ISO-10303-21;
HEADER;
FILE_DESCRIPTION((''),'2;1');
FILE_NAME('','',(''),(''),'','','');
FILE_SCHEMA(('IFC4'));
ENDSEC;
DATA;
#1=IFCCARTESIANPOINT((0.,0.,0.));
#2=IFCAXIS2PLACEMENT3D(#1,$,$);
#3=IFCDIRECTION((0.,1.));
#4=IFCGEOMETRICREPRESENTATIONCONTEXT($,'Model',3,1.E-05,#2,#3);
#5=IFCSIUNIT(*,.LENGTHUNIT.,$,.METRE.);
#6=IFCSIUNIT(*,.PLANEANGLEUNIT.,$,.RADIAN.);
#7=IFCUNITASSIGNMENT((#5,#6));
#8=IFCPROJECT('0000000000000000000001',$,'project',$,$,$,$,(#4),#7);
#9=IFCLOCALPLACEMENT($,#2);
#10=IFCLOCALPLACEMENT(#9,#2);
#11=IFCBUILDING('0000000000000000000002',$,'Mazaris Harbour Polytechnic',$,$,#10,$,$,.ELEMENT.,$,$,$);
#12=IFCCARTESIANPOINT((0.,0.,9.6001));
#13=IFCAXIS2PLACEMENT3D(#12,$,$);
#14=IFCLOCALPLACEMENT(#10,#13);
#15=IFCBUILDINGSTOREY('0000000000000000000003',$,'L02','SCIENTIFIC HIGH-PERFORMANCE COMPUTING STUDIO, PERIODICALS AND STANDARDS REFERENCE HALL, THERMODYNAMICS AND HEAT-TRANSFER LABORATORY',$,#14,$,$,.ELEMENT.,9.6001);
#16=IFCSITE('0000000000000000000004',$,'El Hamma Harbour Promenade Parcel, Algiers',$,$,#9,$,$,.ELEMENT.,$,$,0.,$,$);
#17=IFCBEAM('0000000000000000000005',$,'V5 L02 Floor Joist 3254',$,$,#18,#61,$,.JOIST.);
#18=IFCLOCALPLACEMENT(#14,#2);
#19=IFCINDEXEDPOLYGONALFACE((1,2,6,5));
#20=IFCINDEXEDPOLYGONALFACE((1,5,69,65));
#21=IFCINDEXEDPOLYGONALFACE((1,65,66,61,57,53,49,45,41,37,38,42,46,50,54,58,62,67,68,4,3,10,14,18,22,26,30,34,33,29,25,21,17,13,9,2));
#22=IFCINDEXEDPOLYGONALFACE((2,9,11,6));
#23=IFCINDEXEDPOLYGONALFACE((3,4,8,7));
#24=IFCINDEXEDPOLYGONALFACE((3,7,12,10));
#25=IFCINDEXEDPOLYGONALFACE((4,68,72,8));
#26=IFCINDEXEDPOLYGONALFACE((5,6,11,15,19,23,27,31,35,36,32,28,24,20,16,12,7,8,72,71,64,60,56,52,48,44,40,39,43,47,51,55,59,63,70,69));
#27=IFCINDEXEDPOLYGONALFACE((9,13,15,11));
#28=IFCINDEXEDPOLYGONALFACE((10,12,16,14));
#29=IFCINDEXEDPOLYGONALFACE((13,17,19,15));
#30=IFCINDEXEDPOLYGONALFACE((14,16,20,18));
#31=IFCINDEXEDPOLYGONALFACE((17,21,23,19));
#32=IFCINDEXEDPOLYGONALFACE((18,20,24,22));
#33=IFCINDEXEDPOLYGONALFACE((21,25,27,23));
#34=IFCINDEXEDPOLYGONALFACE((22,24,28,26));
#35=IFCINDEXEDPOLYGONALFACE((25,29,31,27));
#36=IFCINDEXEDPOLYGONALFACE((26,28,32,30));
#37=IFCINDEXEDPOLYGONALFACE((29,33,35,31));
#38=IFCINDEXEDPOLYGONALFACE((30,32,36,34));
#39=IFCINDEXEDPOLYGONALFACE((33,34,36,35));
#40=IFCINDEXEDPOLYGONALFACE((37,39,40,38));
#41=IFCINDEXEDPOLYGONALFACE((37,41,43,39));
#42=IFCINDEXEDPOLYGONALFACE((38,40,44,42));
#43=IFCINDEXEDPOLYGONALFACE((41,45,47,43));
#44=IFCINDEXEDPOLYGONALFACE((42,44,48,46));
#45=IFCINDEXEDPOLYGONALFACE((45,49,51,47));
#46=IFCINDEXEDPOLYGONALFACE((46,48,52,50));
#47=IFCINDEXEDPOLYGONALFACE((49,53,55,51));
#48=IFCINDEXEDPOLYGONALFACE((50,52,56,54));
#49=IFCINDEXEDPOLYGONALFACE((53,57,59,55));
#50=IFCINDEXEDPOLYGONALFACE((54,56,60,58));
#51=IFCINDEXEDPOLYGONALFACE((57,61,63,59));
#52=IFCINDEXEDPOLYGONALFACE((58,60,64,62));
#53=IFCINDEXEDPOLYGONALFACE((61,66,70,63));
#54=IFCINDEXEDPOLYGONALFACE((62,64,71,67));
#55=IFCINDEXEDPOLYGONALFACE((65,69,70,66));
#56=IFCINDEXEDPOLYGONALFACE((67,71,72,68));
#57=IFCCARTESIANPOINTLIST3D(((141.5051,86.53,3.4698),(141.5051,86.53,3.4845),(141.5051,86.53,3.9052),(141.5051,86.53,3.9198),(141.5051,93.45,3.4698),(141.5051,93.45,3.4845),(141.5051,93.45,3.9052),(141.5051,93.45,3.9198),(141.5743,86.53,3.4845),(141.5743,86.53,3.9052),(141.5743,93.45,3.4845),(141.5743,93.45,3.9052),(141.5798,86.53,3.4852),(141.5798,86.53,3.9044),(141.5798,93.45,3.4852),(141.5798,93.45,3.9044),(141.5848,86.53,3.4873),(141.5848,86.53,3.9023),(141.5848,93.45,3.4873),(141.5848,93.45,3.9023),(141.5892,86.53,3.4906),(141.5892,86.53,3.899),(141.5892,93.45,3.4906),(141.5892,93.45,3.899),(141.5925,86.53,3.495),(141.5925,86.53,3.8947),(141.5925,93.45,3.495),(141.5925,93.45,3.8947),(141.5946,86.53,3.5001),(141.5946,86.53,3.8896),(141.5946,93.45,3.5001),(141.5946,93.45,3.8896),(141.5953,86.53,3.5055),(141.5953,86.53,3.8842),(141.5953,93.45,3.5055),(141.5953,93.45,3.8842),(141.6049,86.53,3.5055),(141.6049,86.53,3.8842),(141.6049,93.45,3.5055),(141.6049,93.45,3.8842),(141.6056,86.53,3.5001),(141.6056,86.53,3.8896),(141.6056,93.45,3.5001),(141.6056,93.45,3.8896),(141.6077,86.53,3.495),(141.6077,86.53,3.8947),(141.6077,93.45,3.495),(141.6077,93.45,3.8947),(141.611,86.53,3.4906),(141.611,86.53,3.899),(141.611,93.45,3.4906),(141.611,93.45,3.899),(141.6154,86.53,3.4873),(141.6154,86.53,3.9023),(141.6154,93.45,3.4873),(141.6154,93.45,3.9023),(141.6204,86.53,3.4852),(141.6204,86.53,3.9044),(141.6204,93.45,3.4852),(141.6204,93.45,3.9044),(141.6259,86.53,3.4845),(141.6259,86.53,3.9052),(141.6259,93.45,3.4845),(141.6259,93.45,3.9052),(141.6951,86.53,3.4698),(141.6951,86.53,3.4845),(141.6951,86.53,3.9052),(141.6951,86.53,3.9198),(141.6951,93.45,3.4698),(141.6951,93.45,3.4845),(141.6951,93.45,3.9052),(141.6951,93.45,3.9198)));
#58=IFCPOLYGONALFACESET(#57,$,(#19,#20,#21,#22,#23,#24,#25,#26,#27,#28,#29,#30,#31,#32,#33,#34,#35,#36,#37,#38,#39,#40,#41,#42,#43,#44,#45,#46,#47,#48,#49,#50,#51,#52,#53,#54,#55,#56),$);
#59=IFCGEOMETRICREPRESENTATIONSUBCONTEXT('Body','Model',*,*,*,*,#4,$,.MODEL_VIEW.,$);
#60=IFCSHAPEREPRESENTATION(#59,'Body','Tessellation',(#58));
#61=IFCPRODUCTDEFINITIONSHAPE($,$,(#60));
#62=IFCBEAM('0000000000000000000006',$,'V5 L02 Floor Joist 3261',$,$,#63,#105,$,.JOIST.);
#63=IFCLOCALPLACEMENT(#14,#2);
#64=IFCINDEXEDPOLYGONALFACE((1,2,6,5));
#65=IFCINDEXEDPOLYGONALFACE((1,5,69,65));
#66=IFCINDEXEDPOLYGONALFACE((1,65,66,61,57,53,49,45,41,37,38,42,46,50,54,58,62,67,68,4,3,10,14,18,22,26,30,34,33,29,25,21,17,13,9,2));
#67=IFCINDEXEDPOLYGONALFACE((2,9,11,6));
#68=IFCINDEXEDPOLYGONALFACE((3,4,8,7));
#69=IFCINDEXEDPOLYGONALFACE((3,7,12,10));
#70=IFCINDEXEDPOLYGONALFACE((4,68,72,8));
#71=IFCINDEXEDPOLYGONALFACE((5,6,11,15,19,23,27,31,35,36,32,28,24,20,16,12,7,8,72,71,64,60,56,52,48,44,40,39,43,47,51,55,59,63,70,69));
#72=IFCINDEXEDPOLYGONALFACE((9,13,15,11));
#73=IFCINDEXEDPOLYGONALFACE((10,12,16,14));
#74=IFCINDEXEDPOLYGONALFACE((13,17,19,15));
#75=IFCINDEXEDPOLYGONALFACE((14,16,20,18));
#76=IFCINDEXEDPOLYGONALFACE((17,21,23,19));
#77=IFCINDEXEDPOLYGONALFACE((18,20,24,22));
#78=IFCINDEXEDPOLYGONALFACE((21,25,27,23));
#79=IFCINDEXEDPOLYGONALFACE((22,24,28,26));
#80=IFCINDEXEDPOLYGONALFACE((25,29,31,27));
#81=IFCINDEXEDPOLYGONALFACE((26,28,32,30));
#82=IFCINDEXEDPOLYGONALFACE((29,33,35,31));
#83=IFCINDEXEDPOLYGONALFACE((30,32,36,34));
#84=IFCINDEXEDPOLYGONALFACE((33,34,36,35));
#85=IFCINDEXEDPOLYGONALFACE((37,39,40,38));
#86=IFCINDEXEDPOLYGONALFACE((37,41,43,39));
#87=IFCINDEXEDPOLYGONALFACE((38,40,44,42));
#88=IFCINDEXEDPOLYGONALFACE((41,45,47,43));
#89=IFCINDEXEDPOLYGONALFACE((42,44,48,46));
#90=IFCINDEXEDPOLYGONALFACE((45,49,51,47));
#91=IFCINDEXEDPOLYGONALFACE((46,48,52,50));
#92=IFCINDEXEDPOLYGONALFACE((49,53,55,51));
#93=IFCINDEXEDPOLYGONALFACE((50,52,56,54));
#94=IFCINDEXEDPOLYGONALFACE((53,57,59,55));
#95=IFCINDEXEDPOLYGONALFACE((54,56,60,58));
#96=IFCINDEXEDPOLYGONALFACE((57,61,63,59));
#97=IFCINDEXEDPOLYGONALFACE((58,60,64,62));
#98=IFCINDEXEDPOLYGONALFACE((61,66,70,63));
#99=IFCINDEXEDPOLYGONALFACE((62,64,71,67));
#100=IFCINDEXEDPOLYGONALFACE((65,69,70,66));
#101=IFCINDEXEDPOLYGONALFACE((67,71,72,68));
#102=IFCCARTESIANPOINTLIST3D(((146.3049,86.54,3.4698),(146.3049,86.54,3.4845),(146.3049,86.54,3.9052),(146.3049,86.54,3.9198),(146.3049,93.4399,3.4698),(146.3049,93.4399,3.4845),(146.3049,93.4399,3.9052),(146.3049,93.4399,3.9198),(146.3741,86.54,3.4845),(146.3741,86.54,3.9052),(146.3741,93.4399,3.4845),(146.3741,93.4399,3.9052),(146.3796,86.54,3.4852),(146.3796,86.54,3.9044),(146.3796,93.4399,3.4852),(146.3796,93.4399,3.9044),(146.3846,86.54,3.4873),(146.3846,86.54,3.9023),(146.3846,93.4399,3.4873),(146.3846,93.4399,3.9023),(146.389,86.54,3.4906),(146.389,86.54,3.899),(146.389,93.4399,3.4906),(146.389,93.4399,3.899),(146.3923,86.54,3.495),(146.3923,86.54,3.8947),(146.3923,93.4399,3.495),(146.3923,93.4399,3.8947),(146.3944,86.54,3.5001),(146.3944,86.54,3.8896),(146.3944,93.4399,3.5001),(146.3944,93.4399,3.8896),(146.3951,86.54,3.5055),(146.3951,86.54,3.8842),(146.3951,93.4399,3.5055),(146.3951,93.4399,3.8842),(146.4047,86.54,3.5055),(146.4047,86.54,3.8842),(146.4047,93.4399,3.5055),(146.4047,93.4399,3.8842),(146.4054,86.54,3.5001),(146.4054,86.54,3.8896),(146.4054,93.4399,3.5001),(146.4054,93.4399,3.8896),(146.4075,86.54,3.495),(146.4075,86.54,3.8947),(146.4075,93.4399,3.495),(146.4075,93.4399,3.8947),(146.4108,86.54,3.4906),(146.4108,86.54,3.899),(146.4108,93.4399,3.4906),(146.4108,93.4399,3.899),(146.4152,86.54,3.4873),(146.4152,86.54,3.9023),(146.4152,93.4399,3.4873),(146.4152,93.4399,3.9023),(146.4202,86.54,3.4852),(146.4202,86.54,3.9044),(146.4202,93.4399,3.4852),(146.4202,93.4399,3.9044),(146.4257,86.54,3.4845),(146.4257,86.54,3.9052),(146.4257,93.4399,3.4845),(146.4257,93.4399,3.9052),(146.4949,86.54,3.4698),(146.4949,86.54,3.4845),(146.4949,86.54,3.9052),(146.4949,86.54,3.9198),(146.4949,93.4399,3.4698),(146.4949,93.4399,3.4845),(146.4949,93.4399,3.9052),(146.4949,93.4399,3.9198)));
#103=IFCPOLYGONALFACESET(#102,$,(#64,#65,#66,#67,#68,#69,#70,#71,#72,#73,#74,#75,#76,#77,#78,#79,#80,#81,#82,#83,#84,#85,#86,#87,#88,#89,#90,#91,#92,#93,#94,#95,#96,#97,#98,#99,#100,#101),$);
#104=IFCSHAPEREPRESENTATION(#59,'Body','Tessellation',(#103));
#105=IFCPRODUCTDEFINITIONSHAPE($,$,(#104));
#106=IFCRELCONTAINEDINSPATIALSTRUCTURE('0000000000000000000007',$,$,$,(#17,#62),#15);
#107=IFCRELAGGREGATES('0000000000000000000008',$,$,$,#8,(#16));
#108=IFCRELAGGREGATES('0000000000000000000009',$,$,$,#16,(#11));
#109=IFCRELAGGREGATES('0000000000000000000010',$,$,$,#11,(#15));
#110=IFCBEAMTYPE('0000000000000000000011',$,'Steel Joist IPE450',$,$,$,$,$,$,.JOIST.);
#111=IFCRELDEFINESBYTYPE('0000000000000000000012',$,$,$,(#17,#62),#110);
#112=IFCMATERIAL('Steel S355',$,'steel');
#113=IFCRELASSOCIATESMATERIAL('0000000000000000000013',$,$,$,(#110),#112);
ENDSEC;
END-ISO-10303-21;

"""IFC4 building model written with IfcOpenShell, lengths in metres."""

from ifc_helpers import new_model, si_unit, direction, frame, origin, origin_2d, place, context, subcontext, project, spatial, i_section, extrude, material, material_profile, profile_set, type_object, element, save


model = new_model("IFC4")

# Units and contexts
model_context = context("Model", 3, precision=1e-05, world=origin(), true_north=direction((0.0, 1.0)))
body_context = subcontext(model_context, "Body", "Model", "MODEL_VIEW")
ifc_project = project(units=[si_unit("LENGTHUNIT", "METRE"), si_unit("PLANEANGLEUNIT", "RADIAN")], contexts=[model_context])

# Site, building, storey
site_placement = place(None, origin())
site = spatial("IfcSite", under=ifc_project, at=site_placement, Name="El Hamma Harbour Promenade Parcel, Algiers", CompositionType="ELEMENT", RefElevation=0.0)
building_placement = place(site_placement, origin())
building = spatial("IfcBuilding", under=site, at=building_placement, Name="Mazaris Harbour Polytechnic", CompositionType="ELEMENT")
storey_placement = place(building_placement, frame((0.0, 0.0, 9.6001)))
storey = spatial("IfcBuildingStorey", under=building, at=storey_placement, Name="L02", Description="SCIENTIFIC HIGH-PERFORMANCE COMPUTING STUDIO, PERIODICALS AND STANDARDS REFERENCE HALL, THERMODYNAMICS AND HEAT-TRANSFER LABORATORY", CompositionType="ELEMENT", Elevation=9.6001)

# Beams
ifc_material_1 = material(Name="Steel S355", Category="steel")
ifc_material_profile_1 = material_profile(ifc_material_1, i_section(OverallWidth=0.1899, OverallDepth=0.45, WebThickness=0.0095, FlangeThickness=0.0146, FilletRadius=0.021, at=origin_2d()), Name="IPE 450")
ifc_profile_set_1 = profile_set([ifc_material_profile_1], Name="Steel S355")
beam_type_1 = type_object("IfcBeamType", Name="Steel Joist IPE450", PredefinedType="JOIST", material=ifc_profile_set_1)
beam_1_placement = place(storey_placement, frame((141.6001, 86.53, 3.6948), z_axis=(0.0, 1.0, 0.0), x_axis=(-1.0, 0.0, 0.0)))
element("IfcBeam", 1, at=beam_1_placement, inside=storey, type_object=beam_type_1, Name="V5 L02 Floor Joist 3254", PredefinedType="JOIST", context=body_context, shape_type="SweptSolid", body=[
    extrude(i_section(OverallWidth=0.1899, OverallDepth=0.45, WebThickness=0.0095, FlangeThickness=0.0146, FilletRadius=0.021, at=origin_2d()), origin(), (0.0, 0.0, 1.0), 6.9199),
])
beam_2_placement = place(storey_placement, frame((146.3999, 86.54, 3.6948), z_axis=(0.0, 1.0, 0.0), x_axis=(-1.0, 0.0, 0.0)))
element("IfcBeam", 2, at=beam_2_placement, inside=storey, type_object=beam_type_1, Name="V5 L02 Floor Joist 3261", PredefinedType="JOIST", context=body_context, shape_type="SweptSolid", body=[
    extrude(i_section(OverallWidth=0.1899, OverallDepth=0.45, WebThickness=0.0095, FlangeThickness=0.0146, FilletRadius=0.021, at=origin_2d()), origin(), (0.0, 0.0, 1.0), 6.8999),
])

save(model, "model.ifc")
